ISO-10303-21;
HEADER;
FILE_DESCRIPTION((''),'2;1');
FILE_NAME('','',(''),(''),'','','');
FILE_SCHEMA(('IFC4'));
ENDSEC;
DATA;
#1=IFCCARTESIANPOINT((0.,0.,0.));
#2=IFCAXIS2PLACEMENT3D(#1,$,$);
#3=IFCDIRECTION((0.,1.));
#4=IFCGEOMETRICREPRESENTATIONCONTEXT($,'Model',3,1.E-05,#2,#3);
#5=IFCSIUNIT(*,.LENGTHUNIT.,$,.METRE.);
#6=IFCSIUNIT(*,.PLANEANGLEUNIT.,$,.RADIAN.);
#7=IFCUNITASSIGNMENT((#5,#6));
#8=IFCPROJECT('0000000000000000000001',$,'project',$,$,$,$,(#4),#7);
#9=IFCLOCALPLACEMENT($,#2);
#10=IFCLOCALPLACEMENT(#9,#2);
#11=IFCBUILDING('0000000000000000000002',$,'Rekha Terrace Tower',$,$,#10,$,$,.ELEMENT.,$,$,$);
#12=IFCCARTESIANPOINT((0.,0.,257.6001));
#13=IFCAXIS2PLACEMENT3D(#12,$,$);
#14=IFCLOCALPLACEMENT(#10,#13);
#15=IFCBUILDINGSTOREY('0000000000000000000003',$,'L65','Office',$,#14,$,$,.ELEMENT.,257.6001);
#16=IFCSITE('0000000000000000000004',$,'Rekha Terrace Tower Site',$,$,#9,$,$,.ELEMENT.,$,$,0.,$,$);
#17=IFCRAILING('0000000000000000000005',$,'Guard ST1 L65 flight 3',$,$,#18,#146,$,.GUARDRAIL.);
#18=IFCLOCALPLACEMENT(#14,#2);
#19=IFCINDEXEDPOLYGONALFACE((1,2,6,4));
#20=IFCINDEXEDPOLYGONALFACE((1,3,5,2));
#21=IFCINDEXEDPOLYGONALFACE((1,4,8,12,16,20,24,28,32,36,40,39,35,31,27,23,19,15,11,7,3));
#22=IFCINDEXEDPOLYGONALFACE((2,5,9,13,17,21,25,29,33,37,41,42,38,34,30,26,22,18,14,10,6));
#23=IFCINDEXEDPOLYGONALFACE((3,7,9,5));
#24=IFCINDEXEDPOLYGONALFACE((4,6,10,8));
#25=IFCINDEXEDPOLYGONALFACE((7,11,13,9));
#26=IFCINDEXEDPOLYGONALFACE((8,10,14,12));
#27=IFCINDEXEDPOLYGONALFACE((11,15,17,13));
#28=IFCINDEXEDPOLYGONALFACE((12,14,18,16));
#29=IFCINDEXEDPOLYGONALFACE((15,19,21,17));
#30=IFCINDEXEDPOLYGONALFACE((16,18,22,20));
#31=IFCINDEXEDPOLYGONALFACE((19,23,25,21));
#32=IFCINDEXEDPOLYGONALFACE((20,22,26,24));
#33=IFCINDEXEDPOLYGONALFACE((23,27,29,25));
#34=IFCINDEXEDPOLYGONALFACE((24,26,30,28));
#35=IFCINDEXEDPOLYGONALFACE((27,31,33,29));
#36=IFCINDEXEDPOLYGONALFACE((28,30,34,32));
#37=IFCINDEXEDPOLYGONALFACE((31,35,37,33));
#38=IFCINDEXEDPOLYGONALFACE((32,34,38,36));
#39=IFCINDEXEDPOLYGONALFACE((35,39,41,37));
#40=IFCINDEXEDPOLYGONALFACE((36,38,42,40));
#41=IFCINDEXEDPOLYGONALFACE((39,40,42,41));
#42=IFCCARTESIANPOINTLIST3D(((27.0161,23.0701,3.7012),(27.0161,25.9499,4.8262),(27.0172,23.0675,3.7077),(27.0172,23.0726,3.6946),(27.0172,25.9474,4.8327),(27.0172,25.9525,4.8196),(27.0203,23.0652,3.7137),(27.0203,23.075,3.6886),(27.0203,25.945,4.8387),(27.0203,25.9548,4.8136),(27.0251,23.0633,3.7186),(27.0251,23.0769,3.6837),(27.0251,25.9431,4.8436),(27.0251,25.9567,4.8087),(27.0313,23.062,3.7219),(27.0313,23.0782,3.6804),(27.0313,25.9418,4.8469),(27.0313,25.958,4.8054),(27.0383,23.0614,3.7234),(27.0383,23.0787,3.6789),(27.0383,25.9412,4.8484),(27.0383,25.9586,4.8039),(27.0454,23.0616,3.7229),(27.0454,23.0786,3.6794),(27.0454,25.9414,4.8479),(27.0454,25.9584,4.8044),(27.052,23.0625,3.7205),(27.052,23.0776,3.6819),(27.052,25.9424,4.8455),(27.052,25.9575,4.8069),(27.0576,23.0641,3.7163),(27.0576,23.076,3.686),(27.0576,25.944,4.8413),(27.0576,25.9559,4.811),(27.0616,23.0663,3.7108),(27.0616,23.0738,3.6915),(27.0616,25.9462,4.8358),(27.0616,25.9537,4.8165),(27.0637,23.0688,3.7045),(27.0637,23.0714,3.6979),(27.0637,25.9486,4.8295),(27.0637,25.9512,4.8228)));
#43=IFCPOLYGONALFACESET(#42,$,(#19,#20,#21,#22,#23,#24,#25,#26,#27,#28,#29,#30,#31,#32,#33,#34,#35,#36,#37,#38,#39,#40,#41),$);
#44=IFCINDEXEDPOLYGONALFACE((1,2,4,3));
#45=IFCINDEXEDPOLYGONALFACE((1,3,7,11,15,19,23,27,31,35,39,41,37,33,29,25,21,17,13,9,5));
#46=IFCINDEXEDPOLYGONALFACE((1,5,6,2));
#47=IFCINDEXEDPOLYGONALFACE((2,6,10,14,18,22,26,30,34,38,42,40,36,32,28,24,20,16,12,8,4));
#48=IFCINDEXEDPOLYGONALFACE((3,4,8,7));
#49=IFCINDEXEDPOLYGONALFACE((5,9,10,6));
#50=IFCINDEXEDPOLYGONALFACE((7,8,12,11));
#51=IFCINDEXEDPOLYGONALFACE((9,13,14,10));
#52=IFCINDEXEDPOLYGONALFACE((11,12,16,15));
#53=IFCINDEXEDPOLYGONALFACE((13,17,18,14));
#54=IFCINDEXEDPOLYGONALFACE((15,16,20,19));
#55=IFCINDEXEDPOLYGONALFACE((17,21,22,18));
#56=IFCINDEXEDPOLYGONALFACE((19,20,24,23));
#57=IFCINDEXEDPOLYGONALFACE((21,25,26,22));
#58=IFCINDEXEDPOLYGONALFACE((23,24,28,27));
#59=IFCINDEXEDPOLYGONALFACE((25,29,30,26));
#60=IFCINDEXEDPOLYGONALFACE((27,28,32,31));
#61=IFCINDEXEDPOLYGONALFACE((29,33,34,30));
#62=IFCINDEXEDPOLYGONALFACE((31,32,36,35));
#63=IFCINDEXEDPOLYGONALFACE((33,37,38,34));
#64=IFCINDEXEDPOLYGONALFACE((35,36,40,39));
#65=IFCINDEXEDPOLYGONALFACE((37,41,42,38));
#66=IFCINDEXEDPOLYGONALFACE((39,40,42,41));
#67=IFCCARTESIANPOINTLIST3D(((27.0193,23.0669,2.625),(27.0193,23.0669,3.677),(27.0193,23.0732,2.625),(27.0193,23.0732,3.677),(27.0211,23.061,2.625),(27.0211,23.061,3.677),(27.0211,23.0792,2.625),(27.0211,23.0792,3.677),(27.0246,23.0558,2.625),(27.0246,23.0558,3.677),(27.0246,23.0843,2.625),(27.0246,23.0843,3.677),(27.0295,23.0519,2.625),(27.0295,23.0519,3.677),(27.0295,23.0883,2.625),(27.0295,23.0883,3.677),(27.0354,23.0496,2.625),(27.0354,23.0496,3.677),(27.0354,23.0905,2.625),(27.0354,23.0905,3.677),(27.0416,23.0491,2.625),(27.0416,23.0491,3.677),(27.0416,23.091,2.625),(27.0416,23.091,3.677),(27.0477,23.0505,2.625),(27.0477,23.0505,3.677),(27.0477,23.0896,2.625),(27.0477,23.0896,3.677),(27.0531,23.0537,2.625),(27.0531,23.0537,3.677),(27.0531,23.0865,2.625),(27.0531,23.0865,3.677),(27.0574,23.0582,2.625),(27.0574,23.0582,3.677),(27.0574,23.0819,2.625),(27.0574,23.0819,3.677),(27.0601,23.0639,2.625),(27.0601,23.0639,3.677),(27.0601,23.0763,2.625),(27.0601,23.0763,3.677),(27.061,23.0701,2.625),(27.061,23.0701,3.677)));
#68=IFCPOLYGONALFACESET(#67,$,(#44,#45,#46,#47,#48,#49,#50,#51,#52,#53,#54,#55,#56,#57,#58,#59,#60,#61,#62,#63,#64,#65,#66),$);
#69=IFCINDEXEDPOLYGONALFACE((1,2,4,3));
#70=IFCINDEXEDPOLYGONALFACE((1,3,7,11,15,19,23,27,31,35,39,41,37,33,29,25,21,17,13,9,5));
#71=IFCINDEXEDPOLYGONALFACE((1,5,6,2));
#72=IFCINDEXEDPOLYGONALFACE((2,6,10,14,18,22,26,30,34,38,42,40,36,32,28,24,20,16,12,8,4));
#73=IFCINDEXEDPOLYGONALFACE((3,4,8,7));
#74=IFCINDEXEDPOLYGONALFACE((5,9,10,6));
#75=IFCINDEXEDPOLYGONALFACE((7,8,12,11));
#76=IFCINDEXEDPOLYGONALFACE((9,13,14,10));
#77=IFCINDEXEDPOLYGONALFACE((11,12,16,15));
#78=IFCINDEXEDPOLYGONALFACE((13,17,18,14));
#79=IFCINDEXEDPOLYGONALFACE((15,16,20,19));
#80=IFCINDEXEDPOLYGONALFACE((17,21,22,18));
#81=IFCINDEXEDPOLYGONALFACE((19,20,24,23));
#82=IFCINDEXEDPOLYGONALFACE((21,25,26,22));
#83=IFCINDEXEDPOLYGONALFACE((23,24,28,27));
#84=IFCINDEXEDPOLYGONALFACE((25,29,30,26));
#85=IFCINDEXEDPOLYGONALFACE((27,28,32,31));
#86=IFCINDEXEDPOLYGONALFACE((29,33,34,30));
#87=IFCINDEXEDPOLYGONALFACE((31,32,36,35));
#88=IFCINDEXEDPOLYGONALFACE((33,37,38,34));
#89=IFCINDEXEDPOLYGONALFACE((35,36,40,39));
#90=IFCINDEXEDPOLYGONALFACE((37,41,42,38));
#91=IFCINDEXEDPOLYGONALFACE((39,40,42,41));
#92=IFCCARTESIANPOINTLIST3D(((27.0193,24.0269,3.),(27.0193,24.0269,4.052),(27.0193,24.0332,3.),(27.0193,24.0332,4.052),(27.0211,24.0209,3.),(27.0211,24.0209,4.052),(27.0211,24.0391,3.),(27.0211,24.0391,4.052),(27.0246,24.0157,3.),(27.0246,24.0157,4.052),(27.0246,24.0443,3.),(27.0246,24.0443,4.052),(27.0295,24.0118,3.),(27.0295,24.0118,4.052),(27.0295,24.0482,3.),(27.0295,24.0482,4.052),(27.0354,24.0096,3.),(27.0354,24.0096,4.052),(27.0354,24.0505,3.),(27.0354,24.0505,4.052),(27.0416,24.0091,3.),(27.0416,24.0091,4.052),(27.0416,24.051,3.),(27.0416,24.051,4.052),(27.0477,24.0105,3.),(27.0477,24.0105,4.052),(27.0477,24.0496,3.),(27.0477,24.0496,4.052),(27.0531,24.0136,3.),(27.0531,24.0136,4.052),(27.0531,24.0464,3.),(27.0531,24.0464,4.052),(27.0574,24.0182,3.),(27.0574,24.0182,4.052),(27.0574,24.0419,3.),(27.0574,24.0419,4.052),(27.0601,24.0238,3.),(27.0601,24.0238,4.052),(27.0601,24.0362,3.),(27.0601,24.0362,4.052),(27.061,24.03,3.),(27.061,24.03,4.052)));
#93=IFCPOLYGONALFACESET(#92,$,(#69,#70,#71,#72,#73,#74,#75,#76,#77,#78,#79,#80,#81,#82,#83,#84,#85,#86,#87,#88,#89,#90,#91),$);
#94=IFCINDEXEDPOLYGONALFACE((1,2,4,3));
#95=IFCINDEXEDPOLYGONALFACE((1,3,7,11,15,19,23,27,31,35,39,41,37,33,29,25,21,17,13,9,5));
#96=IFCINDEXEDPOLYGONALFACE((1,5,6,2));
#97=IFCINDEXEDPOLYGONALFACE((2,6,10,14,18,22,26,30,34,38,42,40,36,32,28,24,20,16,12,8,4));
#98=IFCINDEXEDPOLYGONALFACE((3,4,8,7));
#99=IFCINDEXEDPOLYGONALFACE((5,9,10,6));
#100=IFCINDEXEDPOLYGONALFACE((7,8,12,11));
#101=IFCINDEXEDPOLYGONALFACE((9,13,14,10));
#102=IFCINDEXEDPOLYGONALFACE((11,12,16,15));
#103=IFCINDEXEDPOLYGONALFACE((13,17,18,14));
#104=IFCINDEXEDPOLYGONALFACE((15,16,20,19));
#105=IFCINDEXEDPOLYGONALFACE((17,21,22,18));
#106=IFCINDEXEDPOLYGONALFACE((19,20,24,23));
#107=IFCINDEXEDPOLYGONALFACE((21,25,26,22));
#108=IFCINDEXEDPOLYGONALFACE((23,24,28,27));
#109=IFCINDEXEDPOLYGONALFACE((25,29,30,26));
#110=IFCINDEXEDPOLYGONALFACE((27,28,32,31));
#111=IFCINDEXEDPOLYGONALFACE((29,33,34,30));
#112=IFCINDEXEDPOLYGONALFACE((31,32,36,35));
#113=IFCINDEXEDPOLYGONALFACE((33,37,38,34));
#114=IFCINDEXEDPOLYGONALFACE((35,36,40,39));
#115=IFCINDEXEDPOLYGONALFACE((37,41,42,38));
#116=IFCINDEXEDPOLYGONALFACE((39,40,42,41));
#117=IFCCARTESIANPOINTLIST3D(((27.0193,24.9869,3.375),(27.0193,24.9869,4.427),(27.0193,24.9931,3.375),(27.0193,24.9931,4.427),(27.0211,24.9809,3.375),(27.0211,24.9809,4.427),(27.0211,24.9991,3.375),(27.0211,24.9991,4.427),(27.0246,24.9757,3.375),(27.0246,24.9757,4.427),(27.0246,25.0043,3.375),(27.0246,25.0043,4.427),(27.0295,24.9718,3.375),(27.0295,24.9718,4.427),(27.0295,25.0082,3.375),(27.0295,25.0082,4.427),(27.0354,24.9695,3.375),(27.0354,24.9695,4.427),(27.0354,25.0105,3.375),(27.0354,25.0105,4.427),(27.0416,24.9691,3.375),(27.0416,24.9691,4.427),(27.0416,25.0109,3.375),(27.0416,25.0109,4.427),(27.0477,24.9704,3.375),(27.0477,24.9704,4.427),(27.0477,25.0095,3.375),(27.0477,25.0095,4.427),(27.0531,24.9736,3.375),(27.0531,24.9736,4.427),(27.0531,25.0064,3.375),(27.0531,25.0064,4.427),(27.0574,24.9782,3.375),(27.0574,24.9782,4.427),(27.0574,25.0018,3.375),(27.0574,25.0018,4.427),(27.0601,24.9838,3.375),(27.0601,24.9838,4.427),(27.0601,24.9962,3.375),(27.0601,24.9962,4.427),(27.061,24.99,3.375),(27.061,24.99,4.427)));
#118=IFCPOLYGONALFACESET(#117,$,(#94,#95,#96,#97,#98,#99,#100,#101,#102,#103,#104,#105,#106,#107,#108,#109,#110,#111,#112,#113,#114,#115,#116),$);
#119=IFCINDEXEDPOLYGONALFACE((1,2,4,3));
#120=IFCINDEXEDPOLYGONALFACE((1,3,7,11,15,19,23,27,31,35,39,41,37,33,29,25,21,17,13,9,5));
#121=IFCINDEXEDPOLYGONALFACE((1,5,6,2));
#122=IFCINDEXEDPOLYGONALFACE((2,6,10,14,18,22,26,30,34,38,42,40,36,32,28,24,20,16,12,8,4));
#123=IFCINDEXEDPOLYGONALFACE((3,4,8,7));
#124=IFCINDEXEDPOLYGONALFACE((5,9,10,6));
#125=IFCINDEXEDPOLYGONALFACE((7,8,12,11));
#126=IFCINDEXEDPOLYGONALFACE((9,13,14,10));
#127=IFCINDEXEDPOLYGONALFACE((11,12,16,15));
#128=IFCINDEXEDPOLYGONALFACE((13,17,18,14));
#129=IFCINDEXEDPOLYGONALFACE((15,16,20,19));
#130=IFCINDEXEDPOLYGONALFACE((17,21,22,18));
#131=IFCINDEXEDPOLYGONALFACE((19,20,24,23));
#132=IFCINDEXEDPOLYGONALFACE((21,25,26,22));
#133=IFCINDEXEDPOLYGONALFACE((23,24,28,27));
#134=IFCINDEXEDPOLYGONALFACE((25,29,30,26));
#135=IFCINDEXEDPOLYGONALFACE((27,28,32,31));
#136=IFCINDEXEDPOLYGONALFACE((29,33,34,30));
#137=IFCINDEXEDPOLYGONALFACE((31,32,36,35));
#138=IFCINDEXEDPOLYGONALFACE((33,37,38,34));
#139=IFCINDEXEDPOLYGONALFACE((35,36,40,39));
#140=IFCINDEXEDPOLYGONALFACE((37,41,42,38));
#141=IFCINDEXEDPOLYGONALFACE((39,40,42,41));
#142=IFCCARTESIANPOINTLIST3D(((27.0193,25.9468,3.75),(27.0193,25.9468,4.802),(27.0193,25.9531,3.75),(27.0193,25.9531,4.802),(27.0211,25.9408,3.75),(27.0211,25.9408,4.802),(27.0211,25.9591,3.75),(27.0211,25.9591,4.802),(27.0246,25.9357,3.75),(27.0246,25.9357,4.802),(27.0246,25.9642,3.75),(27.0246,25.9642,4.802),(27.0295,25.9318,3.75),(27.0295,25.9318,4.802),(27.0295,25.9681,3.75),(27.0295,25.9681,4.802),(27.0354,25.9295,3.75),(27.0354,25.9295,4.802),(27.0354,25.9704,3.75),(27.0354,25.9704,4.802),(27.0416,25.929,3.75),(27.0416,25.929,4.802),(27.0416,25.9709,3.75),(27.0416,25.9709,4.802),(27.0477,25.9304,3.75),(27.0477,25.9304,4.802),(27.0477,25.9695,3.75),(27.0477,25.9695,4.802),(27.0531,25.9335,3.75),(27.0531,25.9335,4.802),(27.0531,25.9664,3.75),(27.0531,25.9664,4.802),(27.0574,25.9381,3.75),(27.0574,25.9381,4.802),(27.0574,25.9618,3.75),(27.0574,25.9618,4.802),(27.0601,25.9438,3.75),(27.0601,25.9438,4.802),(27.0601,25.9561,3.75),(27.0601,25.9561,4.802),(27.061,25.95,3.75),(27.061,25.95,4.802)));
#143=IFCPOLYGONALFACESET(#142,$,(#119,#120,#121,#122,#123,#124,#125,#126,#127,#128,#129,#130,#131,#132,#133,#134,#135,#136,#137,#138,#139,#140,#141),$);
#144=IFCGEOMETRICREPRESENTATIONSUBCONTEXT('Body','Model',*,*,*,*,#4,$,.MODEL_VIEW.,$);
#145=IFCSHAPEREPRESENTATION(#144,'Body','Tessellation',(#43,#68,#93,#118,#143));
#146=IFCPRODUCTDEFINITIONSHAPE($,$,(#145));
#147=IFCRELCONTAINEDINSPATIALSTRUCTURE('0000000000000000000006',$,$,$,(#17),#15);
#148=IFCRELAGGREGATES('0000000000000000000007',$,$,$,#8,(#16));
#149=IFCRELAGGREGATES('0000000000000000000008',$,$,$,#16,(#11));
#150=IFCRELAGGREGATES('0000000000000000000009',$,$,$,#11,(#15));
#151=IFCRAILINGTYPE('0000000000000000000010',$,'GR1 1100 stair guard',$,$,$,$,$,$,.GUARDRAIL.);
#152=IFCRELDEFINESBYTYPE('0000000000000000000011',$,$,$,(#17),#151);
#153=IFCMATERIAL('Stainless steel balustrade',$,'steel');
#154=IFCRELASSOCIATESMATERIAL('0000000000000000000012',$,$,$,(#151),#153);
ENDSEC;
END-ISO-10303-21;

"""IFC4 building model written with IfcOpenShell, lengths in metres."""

from ifc_helpers import new_model, si_unit, direction, frame, origin, origin_2d, place, context, subcontext, project, spatial, circle, extrude, material, type_object, element, save


model = new_model("IFC4")

# Units and contexts
model_context = context("Model", 3, precision=1e-05, world=origin(), true_north=direction((0.0, 1.0)))
body_context = subcontext(model_context, "Body", "Model", "MODEL_VIEW")
ifc_project = project(units=[si_unit("LENGTHUNIT", "METRE"), si_unit("PLANEANGLEUNIT", "RADIAN")], contexts=[model_context])

# Site, building, storey
site_placement = place(None, origin())
site = spatial("IfcSite", under=ifc_project, at=site_placement, Name="Rekha Terrace Tower Site", CompositionType="ELEMENT", RefElevation=0.0)
building_placement = place(site_placement, origin())
building = spatial("IfcBuilding", under=site, at=building_placement, Name="Rekha Terrace Tower", CompositionType="ELEMENT")
storey_placement = place(building_placement, frame((0.0, 0.0, 257.6001)))
storey = spatial("IfcBuildingStorey", under=building, at=storey_placement, Name="L65", Description="Office", CompositionType="ELEMENT", Elevation=257.6001)

# Railing
ifc_material_1 = material(Name="Stainless steel balustrade", Category="steel")
railing_type_1 = type_object("IfcRailingType", Name="GR1 1100 stair guard", PredefinedType="GUARDRAIL", material=ifc_material_1)
railing_1_placement = place(storey_placement, frame((27.04, 23.0701, 2.625)))
element("IfcRailing", 1, at=railing_1_placement, inside=storey, type_object=railing_type_1, Name="Guard ST1 L65 flight 3", PredefinedType="GUARDRAIL", context=body_context, shape_type="SweptSolid", body=[
    extrude(circle(Radius=0.0239, at=origin_2d()), frame((0.0, 0.0, 1.0762), z_axis=(0.0, 0.931452, 0.363863), x_axis=(-1.0, 0.0, 0.0)), (0.0, 0.0, 1.0), 3.0918),
    extrude(circle(Radius=0.021, at=origin_2d()), origin(), (0.0, 0.0, 1.0), 1.052),
    extrude(circle(Radius=0.021, at=origin_2d()), frame((0.0, 0.96, 0.375)), (0.0, 0.0, 1.0), 1.052),
    extrude(circle(Radius=0.021, at=origin_2d()), frame((0.0, 1.9199, 0.75)), (0.0, 0.0, 1.0), 1.052),
    extrude(circle(Radius=0.021, at=origin_2d()), frame((0.0, 2.8799, 1.125)), (0.0, 0.0, 1.0), 1.052),
])

save(model, "model.ifc")
